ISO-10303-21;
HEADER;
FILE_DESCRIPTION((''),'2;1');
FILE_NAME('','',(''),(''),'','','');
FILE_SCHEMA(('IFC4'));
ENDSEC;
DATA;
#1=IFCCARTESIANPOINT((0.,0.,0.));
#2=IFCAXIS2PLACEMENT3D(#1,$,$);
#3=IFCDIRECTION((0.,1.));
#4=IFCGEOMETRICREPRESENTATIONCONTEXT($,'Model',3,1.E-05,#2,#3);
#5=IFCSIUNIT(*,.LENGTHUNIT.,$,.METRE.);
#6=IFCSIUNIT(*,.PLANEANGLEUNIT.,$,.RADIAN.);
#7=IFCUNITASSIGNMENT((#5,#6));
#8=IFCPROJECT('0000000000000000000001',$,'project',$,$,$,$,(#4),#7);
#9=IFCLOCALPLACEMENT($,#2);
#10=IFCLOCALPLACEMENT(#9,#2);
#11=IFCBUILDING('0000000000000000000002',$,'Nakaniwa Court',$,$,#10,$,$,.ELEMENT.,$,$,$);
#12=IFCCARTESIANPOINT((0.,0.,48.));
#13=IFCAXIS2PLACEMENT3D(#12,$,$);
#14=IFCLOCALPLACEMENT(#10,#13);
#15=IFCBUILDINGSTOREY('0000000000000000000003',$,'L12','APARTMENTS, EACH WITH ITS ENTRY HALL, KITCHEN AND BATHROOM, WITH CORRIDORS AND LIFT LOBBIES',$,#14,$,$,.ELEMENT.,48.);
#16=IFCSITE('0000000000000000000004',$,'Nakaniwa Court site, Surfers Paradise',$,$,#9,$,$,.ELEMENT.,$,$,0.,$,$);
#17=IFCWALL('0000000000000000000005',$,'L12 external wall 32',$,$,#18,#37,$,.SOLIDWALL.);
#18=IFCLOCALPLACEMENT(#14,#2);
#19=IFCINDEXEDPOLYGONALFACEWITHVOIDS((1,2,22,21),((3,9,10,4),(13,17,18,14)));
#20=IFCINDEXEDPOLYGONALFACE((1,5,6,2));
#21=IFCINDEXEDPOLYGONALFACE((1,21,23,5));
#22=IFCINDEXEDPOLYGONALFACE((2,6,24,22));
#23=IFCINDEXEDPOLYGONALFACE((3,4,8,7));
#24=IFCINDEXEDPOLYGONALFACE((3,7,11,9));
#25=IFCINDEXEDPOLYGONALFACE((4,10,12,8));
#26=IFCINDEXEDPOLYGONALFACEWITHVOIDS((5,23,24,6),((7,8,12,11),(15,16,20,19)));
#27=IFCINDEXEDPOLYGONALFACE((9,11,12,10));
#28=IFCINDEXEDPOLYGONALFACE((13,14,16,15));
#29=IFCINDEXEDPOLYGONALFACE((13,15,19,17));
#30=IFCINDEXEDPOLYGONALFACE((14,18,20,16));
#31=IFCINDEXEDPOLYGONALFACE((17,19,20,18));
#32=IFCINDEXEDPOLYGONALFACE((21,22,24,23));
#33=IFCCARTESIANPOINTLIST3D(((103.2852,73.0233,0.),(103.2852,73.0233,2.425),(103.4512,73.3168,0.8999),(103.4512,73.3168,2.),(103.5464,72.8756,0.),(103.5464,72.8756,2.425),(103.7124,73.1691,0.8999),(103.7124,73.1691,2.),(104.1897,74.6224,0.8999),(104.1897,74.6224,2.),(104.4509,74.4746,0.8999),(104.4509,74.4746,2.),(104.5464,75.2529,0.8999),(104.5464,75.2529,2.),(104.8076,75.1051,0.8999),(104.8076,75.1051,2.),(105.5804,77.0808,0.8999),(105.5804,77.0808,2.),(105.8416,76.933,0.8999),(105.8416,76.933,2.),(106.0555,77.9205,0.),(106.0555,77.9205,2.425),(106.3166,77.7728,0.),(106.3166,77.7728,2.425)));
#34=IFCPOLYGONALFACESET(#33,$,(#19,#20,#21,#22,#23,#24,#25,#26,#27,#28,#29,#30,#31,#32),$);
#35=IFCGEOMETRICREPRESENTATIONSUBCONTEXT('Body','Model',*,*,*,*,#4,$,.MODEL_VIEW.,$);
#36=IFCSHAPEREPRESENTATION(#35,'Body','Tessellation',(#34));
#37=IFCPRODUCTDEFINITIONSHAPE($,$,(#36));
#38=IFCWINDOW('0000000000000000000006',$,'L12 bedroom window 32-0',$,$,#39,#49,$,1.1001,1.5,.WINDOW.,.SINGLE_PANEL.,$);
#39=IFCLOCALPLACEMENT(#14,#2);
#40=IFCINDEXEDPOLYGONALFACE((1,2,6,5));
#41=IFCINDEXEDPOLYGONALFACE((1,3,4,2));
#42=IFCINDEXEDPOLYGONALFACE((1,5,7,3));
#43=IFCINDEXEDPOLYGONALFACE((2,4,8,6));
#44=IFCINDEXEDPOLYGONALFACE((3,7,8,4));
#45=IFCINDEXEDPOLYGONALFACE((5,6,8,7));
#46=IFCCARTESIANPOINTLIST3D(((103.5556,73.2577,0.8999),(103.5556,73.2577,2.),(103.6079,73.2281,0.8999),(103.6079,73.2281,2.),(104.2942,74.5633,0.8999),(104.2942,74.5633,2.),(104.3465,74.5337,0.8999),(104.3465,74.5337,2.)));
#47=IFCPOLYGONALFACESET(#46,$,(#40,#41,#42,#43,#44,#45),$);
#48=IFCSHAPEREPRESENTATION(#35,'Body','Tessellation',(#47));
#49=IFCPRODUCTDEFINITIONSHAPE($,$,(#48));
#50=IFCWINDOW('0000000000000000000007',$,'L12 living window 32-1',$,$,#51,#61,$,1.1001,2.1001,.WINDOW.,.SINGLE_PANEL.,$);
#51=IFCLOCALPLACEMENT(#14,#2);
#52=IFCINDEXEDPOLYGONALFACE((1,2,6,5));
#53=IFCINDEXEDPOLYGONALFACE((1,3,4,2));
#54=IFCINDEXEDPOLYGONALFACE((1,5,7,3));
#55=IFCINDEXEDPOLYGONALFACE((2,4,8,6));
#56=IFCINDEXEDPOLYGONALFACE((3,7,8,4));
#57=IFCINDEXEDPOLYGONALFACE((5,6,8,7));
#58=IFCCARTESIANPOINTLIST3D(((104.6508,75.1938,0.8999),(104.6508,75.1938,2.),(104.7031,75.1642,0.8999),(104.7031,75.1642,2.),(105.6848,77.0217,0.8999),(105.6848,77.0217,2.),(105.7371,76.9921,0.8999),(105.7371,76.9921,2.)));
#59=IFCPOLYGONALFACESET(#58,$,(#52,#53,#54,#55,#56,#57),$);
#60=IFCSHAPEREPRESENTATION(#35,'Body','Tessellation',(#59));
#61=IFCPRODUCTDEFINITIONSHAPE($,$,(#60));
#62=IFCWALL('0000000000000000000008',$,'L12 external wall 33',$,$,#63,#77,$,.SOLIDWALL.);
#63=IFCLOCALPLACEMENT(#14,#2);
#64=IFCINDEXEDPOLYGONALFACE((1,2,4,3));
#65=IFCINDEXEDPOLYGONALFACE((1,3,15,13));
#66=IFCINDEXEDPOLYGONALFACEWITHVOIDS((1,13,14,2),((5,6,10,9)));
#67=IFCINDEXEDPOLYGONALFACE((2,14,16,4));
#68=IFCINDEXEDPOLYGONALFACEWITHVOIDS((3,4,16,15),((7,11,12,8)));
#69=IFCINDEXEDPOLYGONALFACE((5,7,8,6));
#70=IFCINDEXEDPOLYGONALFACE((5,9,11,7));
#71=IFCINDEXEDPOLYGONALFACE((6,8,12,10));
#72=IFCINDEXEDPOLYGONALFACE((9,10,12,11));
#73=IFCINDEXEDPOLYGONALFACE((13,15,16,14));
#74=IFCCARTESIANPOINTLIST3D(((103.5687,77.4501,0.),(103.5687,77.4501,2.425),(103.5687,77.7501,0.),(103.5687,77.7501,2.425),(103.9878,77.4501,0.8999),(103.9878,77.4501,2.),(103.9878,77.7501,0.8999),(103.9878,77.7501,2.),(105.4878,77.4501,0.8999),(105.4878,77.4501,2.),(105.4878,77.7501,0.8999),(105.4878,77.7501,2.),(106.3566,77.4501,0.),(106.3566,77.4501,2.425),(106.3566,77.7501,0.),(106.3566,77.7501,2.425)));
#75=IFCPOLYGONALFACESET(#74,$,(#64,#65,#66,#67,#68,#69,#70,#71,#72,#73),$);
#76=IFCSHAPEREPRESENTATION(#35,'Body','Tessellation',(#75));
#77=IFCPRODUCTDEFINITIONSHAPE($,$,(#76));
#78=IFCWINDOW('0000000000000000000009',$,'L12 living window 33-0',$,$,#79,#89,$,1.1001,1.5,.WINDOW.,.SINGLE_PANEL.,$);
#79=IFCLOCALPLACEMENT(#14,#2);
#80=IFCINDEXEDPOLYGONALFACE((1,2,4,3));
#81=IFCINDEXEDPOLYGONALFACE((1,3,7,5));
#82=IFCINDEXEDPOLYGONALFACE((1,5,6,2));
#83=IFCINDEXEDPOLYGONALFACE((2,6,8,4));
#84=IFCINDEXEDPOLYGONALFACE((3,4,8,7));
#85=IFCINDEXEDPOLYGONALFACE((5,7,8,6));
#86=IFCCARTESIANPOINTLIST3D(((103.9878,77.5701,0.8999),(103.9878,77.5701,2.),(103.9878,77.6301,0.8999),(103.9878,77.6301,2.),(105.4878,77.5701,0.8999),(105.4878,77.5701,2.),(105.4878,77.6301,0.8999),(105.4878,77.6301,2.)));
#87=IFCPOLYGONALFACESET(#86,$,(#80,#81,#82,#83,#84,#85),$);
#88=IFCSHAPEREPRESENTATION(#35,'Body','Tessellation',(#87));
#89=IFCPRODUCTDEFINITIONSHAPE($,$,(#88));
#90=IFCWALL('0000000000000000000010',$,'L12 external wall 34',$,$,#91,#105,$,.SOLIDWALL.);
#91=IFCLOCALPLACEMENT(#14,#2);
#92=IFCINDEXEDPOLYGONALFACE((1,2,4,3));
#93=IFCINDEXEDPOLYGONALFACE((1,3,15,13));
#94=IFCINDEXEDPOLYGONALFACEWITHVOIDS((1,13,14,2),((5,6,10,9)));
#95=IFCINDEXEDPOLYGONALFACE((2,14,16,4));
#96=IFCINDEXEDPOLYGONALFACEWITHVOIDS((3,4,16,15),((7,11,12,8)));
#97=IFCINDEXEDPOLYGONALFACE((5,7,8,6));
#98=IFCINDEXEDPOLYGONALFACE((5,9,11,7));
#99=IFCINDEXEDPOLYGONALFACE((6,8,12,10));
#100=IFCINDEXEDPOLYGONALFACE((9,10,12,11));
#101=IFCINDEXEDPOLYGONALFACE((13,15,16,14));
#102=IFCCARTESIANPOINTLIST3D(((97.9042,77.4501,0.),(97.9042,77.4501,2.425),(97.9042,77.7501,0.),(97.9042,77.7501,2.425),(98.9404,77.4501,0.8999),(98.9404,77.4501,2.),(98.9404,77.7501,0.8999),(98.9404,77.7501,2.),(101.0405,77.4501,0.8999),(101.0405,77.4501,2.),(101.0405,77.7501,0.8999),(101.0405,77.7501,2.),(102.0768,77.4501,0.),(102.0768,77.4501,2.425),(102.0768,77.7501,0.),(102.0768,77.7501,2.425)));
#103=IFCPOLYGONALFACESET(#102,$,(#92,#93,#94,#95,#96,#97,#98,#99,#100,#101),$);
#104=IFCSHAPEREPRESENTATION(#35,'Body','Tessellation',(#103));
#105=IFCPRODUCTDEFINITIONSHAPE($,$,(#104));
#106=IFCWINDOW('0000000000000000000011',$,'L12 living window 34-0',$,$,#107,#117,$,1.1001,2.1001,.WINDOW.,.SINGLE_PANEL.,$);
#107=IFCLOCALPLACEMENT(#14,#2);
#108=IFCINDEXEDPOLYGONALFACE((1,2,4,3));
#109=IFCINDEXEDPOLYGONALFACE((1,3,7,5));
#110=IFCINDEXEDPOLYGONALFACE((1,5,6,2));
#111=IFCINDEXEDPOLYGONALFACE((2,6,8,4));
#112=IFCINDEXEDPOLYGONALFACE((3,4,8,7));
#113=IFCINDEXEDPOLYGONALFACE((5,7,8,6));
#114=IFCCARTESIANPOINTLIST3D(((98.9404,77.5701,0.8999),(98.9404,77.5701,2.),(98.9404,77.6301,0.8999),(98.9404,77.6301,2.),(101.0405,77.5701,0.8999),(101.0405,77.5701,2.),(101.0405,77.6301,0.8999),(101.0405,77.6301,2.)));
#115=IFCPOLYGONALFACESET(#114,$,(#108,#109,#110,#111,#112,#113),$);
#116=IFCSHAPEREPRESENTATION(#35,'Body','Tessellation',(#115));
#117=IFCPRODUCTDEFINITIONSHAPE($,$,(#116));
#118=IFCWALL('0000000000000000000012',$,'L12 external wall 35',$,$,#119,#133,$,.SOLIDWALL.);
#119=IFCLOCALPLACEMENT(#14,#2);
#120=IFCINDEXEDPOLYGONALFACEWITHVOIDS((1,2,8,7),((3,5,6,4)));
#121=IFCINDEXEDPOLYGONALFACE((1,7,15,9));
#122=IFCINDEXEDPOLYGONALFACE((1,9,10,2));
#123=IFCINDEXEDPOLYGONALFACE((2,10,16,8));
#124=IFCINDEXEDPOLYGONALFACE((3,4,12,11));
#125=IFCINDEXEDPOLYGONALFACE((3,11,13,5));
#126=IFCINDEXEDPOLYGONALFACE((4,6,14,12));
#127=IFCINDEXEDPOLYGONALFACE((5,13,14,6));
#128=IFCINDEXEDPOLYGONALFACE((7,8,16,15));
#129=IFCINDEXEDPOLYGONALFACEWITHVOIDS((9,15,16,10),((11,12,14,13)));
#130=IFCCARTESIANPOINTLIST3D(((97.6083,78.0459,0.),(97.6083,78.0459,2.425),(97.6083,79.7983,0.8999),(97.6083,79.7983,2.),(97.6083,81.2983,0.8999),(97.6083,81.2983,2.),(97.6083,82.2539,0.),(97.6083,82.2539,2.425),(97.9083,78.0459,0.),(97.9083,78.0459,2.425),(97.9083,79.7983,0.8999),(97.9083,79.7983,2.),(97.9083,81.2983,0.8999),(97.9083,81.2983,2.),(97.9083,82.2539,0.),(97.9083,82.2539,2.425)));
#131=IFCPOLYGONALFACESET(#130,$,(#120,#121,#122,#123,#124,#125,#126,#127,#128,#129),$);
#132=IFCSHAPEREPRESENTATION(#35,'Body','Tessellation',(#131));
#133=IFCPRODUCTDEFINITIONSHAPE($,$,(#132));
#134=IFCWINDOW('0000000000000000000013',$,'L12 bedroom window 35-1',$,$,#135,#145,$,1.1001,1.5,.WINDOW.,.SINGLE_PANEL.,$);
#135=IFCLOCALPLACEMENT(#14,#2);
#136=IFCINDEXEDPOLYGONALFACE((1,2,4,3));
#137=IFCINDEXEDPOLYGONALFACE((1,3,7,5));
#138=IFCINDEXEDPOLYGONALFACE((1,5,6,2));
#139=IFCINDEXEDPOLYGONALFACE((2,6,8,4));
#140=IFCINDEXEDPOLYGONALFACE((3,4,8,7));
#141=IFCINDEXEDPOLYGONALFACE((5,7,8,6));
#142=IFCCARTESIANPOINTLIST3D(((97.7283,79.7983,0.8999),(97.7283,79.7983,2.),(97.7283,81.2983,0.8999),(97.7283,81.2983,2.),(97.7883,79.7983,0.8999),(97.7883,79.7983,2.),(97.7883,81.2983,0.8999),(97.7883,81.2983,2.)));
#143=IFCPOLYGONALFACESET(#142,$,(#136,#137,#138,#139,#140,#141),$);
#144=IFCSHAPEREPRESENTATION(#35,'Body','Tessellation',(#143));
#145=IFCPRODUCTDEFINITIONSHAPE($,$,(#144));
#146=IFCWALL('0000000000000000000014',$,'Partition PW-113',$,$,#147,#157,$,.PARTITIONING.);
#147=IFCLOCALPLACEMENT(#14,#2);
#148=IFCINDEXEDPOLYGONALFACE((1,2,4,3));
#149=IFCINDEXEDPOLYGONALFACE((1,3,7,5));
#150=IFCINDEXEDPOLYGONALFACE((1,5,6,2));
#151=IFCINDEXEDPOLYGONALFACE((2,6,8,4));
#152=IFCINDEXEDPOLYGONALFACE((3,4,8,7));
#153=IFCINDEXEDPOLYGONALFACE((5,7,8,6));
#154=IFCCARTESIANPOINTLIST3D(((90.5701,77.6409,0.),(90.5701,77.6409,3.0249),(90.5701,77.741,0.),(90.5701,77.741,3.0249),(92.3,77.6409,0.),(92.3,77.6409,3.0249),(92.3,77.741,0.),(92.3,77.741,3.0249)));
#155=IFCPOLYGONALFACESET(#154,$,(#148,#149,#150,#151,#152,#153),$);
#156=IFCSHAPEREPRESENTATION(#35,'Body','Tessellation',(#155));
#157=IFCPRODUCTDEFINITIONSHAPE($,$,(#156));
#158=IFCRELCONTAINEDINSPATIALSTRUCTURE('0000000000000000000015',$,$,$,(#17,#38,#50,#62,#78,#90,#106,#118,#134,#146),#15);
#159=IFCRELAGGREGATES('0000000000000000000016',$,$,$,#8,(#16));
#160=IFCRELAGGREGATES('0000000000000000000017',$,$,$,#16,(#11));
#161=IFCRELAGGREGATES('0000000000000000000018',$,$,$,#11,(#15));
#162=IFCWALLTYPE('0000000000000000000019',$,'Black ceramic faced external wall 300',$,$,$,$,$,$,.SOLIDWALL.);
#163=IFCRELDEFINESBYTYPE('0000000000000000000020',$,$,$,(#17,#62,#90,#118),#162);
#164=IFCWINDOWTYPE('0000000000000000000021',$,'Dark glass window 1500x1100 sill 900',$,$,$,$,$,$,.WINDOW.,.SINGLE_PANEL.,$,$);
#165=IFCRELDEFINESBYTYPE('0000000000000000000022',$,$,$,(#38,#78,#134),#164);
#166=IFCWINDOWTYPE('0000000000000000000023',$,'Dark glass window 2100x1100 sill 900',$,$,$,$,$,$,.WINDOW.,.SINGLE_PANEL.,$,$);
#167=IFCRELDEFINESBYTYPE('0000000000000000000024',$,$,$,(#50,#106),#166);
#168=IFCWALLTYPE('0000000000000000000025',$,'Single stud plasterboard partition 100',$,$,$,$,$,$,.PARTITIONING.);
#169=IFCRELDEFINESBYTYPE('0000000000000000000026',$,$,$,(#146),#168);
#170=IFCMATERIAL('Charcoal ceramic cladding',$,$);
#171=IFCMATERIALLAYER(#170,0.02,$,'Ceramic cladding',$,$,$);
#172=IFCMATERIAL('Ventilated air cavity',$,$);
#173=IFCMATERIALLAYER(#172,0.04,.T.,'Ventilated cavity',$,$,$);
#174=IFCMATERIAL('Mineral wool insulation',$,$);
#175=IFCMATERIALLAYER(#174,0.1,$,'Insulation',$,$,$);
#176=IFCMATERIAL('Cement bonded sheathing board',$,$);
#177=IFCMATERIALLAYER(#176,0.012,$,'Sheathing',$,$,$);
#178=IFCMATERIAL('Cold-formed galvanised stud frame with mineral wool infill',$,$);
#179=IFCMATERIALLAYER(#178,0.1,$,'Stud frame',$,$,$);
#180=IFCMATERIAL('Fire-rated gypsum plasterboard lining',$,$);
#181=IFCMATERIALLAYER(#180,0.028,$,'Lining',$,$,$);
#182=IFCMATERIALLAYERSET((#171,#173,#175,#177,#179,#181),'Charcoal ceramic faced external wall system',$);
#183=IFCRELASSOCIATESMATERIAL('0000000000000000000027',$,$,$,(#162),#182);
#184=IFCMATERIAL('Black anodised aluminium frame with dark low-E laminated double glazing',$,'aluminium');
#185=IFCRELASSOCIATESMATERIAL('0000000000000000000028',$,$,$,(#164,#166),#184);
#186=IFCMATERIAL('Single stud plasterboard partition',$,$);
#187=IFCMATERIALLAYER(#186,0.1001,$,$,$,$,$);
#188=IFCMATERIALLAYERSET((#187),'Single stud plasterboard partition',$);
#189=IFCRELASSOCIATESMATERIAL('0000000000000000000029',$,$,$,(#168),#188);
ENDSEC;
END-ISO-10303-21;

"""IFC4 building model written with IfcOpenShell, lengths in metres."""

from ifc_helpers import new_model, si_unit, direction, frame, frame_2d, origin, place, context, subcontext, project, spatial, rectangle, extrude, material, layer, layer_set, type_object, element, fill, save


model = new_model("IFC4")

# Units and contexts
model_context = context("Model", 3, precision=1e-05, world=origin(), true_north=direction((0.0, 1.0)))
body_context = subcontext(model_context, "Body", "Model", "MODEL_VIEW")
ifc_project = project(units=[si_unit("LENGTHUNIT", "METRE"), si_unit("PLANEANGLEUNIT", "RADIAN")], contexts=[model_context])

# Site, building, storey
site_placement = place(None, origin())
site = spatial("IfcSite", under=ifc_project, at=site_placement, Name="Nakaniwa Court site, Surfers Paradise", CompositionType="ELEMENT", RefElevation=0.0)
building_placement = place(site_placement, origin())
building = spatial("IfcBuilding", under=site, at=building_placement, Name="Nakaniwa Court", CompositionType="ELEMENT")
storey_placement = place(building_placement, frame((0.0, 0.0, 48.0)))
storey = spatial("IfcBuildingStorey", under=building, at=storey_placement, Name="L12", Description="APARTMENTS, EACH WITH ITS ENTRY HALL, KITCHEN AND BATHROOM, WITH CORRIDORS AND LIFT LOBBIES", CompositionType="ELEMENT", Elevation=48.0)

# Wall, openings, windows
ifc_material_1 = material(Name="Charcoal ceramic cladding")
ifc_layer_1 = layer(ifc_material_1, 0.02, Name="Ceramic cladding")
ifc_material_2 = material(Name="Ventilated air cavity")
ifc_layer_2 = layer(ifc_material_2, 0.04, ventilated=True, Name="Ventilated cavity")
ifc_material_3 = material(Name="Mineral wool insulation")
ifc_layer_3 = layer(ifc_material_3, 0.1, Name="Insulation")
ifc_material_4 = material(Name="Cement bonded sheathing board")
ifc_layer_4 = layer(ifc_material_4, 0.012, Name="Sheathing")
ifc_material_5 = material(Name="Cold-formed galvanised stud frame with mineral wool infill")
ifc_layer_5 = layer(ifc_material_5, 0.1, Name="Stud frame")
ifc_material_6 = material(Name="Fire-rated gypsum plasterboard lining")
ifc_layer_6 = layer(ifc_material_6, 0.028, Name="Lining")
ifc_layer_set_1 = layer_set([ifc_layer_1, ifc_layer_2, ifc_layer_3, ifc_layer_4, ifc_layer_5, ifc_layer_6], Name="Charcoal ceramic faced external wall system")
wall_type_1 = type_object("IfcWallType", Name="Black ceramic faced external wall 300", PredefinedType="SOLIDWALL", material=ifc_layer_set_1)
wall_1_placement = place(storey_placement, frame((103.4158, 72.9495, 0.0), z_axis=(0.0, 0.0, 1.0), x_axis=(0.492363, 0.87039, 0.0)))
wall_1 = element("IfcWall", 1, at=wall_1_placement, inside=storey, type_object=wall_type_1, Name="L12 external wall 32", PredefinedType="SOLIDWALL", context=body_context, shape_type="SweptSolid", body=[
    extrude(rectangle(XDim=5.6265, YDim=0.3, at=frame_2d((2.8132, 0.0))), origin(), (0.0, 0.0, 1.0), 2.425),
])
opening_1_placement = place(wall_1_placement, frame((0.3372, 0.0, 0.8999)))
opening_1 = element("IfcOpeningElement", 2, at=opening_1_placement, cuts=wall_1, PredefinedType="OPENING", context=body_context, shape_type="SweptSolid", body=[
    extrude(rectangle(XDim=1.5, YDim=1.1001, at=frame_2d((0.75, 0.55))), frame((0.0, 0.1599, 0.0), z_axis=(0.0, -1.0, 0.0), x_axis=(1.0, 0.0, 0.0)), (0.0, 0.0, 1.0), 0.3201),
])
opening_2_placement = place(wall_1_placement, frame((2.5615, 0.0, 0.8999)))
opening_2 = element("IfcOpeningElement", 3, at=opening_2_placement, cuts=wall_1, PredefinedType="OPENING", context=body_context, shape_type="SweptSolid", body=[
    extrude(rectangle(XDim=2.1001, YDim=1.1001, at=frame_2d((1.05, 0.55))), frame((0.0, 0.1599, 0.0), z_axis=(0.0, -1.0, 0.0), x_axis=(1.0, 0.0, 0.0)), (0.0, 0.0, 1.0), 0.3201),
])
ifc_material_7 = material(Name="Black anodised aluminium frame with dark low-E laminated double glazing", Category="aluminium")
window_type_1 = type_object("IfcWindowType", Name="Dark glass window 1500x1100 sill 900", PartitioningType="SINGLE_PANEL", PredefinedType="WINDOW", material=ifc_material_7)
window_1_placement = place(opening_1_placement, origin())
window_1 = element("IfcWindow", 4, at=window_1_placement, inside=storey, type_object=window_type_1, Name="L12 bedroom window 32-0", OverallHeight=1.1001, OverallWidth=1.5, PartitioningType="SINGLE_PANEL", PredefinedType="WINDOW", context=body_context, shape_type="SweptSolid", body=[
    extrude(rectangle(XDim=1.5, YDim=1.1001, at=frame_2d((0.75, 0.55))), frame((0.0, 0.03, 0.0), z_axis=(0.0, -1.0, 0.0), x_axis=(1.0, 0.0, 0.0)), (0.0, 0.0, 1.0), 0.0601),
])
fill(opening_1, window_1)
window_type_2 = type_object("IfcWindowType", Name="Dark glass window 2100x1100 sill 900", PartitioningType="SINGLE_PANEL", PredefinedType="WINDOW", material=ifc_material_7)
window_2_placement = place(opening_2_placement, origin())
window_2 = element("IfcWindow", 5, at=window_2_placement, inside=storey, type_object=window_type_2, Name="L12 living window 32-1", OverallHeight=1.1001, OverallWidth=2.1001, PartitioningType="SINGLE_PANEL", PredefinedType="WINDOW", context=body_context, shape_type="SweptSolid", body=[
    extrude(rectangle(XDim=2.1001, YDim=1.1001, at=frame_2d((1.05, 0.55))), frame((0.0, 0.03, 0.0), z_axis=(0.0, -1.0, 0.0), x_axis=(1.0, 0.0, 0.0)), (0.0, 0.0, 1.0), 0.0601),
])
fill(opening_2, window_2)

# Walls, openings, windows
wall_2_placement = place(storey_placement, frame((106.3567, 77.6001, 0.0), z_axis=(0.0, 0.0, 1.0), x_axis=(-1.0, 0.0, 0.0)))
wall_2 = element("IfcWall", 6, at=wall_2_placement, inside=storey, type_object=wall_type_1, Name="L12 external wall 33", PredefinedType="SOLIDWALL", context=body_context, shape_type="SweptSolid", body=[
    extrude(rectangle(XDim=2.7878, YDim=0.3, at=frame_2d((1.394, 0.0))), origin(), (0.0, 0.0, 1.0), 2.425),
])
opening_3_placement = place(wall_2_placement, frame((0.8689, 0.0, 0.8999)))
opening_3 = element("IfcOpeningElement", 7, at=opening_3_placement, cuts=wall_2, PredefinedType="OPENING", context=body_context, shape_type="SweptSolid", body=[
    extrude(rectangle(XDim=1.5, YDim=1.1001, at=frame_2d((0.75, 0.55))), frame((0.0, 0.1599, 0.0), z_axis=(0.0, -1.0, 0.0), x_axis=(1.0, 0.0, 0.0)), (0.0, 0.0, 1.0), 0.3201),
])
window_3_placement = place(opening_3_placement, origin())
window_3 = element("IfcWindow", 8, at=window_3_placement, inside=storey, type_object=window_type_1, Name="L12 living window 33-0", OverallHeight=1.1001, OverallWidth=1.5, PartitioningType="SINGLE_PANEL", PredefinedType="WINDOW", context=body_context, shape_type="SweptSolid", body=[
    extrude(rectangle(XDim=1.5, YDim=1.1001, at=frame_2d((0.75, 0.55))), frame((0.0, 0.03, 0.0), z_axis=(0.0, -1.0, 0.0), x_axis=(1.0, 0.0, 0.0)), (0.0, 0.0, 1.0), 0.0601),
])
fill(opening_3, window_3)
wall_3_placement = place(storey_placement, frame((102.0769, 77.6001, 0.0), z_axis=(0.0, 0.0, 1.0), x_axis=(-1.0, 0.0, 0.0)))
wall_3 = element("IfcWall", 9, at=wall_3_placement, inside=storey, type_object=wall_type_1, Name="L12 external wall 34", PredefinedType="SOLIDWALL", context=body_context, shape_type="SweptSolid", body=[
    extrude(rectangle(XDim=4.1726, YDim=0.3, at=frame_2d((2.0864, 0.0))), origin(), (0.0, 0.0, 1.0), 2.425),
])
opening_4_placement = place(wall_3_placement, frame((1.0364, 0.0, 0.8999)))
opening_4 = element("IfcOpeningElement", 10, at=opening_4_placement, cuts=wall_3, PredefinedType="OPENING", context=body_context, shape_type="SweptSolid", body=[
    extrude(rectangle(XDim=2.1001, YDim=1.1001, at=frame_2d((1.05, 0.55))), frame((0.0, 0.1599, 0.0), z_axis=(0.0, -1.0, 0.0), x_axis=(1.0, 0.0, 0.0)), (0.0, 0.0, 1.0), 0.3201),
])
window_4_placement = place(opening_4_placement, origin())
window_4 = element("IfcWindow", 11, at=window_4_placement, inside=storey, type_object=window_type_2, Name="L12 living window 34-0", OverallHeight=1.1001, OverallWidth=2.1001, PartitioningType="SINGLE_PANEL", PredefinedType="WINDOW", context=body_context, shape_type="SweptSolid", body=[
    extrude(rectangle(XDim=2.1001, YDim=1.1001, at=frame_2d((1.05, 0.55))), frame((0.0, 0.03, 0.0), z_axis=(0.0, -1.0, 0.0), x_axis=(1.0, 0.0, 0.0)), (0.0, 0.0, 1.0), 0.0601),
])
fill(opening_4, window_4)
wall_4_placement = place(storey_placement, frame((97.7583, 78.0459, 0.0), z_axis=(0.0, 0.0, 1.0), x_axis=(0.0, 1.0, 0.0)))
wall_4 = element("IfcWall", 12, at=wall_4_placement, inside=storey, type_object=wall_type_1, Name="L12 external wall 35", PredefinedType="SOLIDWALL", context=body_context, shape_type="SweptSolid", body=[
    extrude(rectangle(XDim=4.208, YDim=0.3, at=frame_2d((2.104, 0.0))), origin(), (0.0, 0.0, 1.0), 2.425),
])
opening_5_placement = place(wall_4_placement, frame((1.7524, 0.0, 0.8999)))
opening_5 = element("IfcOpeningElement", 13, at=opening_5_placement, cuts=wall_4, PredefinedType="OPENING", context=body_context, shape_type="SweptSolid", body=[
    extrude(rectangle(XDim=1.5, YDim=1.1001, at=frame_2d((0.75, 0.55))), frame((0.0, 0.1599, 0.0), z_axis=(0.0, -1.0, 0.0), x_axis=(1.0, 0.0, 0.0)), (0.0, 0.0, 1.0), 0.3201),
])
window_5_placement = place(opening_5_placement, origin())
window_5 = element("IfcWindow", 14, at=window_5_placement, inside=storey, type_object=window_type_1, Name="L12 bedroom window 35-1", OverallHeight=1.1001, OverallWidth=1.5, PartitioningType="SINGLE_PANEL", PredefinedType="WINDOW", context=body_context, shape_type="SweptSolid", body=[
    extrude(rectangle(XDim=1.5, YDim=1.1001, at=frame_2d((0.75, 0.55))), frame((0.0, 0.03, 0.0), z_axis=(0.0, -1.0, 0.0), x_axis=(1.0, 0.0, 0.0)), (0.0, 0.0, 1.0), 0.0601),
])
fill(opening_5, window_5)

# Wall
ifc_material_8 = material(Name="Single stud plasterboard partition")
ifc_layer_7 = layer(ifc_material_8, 0.1001)
ifc_layer_set_2 = layer_set([ifc_layer_7], Name="Single stud plasterboard partition")
wall_type_2 = type_object("IfcWallType", Name="Single stud plasterboard partition 100", PredefinedType="PARTITIONING", material=ifc_layer_set_2)
wall_5_placement = place(storey_placement, frame((90.5701, 77.6909, 0.0), z_axis=(0.0, 0.0, 1.0), x_axis=(1.0, 0.0, 0.0)))
element("IfcWall", 15, at=wall_5_placement, inside=storey, type_object=wall_type_2, Name="Partition PW-113", PredefinedType="PARTITIONING", context=body_context, shape_type="SweptSolid", body=[
    extrude(rectangle(XDim=1.73, YDim=0.1001, at=frame_2d((0.865, 0.0))), origin(), (0.0, 0.0, 1.0), 3.0249),
])

save(model, "model.ifc")
